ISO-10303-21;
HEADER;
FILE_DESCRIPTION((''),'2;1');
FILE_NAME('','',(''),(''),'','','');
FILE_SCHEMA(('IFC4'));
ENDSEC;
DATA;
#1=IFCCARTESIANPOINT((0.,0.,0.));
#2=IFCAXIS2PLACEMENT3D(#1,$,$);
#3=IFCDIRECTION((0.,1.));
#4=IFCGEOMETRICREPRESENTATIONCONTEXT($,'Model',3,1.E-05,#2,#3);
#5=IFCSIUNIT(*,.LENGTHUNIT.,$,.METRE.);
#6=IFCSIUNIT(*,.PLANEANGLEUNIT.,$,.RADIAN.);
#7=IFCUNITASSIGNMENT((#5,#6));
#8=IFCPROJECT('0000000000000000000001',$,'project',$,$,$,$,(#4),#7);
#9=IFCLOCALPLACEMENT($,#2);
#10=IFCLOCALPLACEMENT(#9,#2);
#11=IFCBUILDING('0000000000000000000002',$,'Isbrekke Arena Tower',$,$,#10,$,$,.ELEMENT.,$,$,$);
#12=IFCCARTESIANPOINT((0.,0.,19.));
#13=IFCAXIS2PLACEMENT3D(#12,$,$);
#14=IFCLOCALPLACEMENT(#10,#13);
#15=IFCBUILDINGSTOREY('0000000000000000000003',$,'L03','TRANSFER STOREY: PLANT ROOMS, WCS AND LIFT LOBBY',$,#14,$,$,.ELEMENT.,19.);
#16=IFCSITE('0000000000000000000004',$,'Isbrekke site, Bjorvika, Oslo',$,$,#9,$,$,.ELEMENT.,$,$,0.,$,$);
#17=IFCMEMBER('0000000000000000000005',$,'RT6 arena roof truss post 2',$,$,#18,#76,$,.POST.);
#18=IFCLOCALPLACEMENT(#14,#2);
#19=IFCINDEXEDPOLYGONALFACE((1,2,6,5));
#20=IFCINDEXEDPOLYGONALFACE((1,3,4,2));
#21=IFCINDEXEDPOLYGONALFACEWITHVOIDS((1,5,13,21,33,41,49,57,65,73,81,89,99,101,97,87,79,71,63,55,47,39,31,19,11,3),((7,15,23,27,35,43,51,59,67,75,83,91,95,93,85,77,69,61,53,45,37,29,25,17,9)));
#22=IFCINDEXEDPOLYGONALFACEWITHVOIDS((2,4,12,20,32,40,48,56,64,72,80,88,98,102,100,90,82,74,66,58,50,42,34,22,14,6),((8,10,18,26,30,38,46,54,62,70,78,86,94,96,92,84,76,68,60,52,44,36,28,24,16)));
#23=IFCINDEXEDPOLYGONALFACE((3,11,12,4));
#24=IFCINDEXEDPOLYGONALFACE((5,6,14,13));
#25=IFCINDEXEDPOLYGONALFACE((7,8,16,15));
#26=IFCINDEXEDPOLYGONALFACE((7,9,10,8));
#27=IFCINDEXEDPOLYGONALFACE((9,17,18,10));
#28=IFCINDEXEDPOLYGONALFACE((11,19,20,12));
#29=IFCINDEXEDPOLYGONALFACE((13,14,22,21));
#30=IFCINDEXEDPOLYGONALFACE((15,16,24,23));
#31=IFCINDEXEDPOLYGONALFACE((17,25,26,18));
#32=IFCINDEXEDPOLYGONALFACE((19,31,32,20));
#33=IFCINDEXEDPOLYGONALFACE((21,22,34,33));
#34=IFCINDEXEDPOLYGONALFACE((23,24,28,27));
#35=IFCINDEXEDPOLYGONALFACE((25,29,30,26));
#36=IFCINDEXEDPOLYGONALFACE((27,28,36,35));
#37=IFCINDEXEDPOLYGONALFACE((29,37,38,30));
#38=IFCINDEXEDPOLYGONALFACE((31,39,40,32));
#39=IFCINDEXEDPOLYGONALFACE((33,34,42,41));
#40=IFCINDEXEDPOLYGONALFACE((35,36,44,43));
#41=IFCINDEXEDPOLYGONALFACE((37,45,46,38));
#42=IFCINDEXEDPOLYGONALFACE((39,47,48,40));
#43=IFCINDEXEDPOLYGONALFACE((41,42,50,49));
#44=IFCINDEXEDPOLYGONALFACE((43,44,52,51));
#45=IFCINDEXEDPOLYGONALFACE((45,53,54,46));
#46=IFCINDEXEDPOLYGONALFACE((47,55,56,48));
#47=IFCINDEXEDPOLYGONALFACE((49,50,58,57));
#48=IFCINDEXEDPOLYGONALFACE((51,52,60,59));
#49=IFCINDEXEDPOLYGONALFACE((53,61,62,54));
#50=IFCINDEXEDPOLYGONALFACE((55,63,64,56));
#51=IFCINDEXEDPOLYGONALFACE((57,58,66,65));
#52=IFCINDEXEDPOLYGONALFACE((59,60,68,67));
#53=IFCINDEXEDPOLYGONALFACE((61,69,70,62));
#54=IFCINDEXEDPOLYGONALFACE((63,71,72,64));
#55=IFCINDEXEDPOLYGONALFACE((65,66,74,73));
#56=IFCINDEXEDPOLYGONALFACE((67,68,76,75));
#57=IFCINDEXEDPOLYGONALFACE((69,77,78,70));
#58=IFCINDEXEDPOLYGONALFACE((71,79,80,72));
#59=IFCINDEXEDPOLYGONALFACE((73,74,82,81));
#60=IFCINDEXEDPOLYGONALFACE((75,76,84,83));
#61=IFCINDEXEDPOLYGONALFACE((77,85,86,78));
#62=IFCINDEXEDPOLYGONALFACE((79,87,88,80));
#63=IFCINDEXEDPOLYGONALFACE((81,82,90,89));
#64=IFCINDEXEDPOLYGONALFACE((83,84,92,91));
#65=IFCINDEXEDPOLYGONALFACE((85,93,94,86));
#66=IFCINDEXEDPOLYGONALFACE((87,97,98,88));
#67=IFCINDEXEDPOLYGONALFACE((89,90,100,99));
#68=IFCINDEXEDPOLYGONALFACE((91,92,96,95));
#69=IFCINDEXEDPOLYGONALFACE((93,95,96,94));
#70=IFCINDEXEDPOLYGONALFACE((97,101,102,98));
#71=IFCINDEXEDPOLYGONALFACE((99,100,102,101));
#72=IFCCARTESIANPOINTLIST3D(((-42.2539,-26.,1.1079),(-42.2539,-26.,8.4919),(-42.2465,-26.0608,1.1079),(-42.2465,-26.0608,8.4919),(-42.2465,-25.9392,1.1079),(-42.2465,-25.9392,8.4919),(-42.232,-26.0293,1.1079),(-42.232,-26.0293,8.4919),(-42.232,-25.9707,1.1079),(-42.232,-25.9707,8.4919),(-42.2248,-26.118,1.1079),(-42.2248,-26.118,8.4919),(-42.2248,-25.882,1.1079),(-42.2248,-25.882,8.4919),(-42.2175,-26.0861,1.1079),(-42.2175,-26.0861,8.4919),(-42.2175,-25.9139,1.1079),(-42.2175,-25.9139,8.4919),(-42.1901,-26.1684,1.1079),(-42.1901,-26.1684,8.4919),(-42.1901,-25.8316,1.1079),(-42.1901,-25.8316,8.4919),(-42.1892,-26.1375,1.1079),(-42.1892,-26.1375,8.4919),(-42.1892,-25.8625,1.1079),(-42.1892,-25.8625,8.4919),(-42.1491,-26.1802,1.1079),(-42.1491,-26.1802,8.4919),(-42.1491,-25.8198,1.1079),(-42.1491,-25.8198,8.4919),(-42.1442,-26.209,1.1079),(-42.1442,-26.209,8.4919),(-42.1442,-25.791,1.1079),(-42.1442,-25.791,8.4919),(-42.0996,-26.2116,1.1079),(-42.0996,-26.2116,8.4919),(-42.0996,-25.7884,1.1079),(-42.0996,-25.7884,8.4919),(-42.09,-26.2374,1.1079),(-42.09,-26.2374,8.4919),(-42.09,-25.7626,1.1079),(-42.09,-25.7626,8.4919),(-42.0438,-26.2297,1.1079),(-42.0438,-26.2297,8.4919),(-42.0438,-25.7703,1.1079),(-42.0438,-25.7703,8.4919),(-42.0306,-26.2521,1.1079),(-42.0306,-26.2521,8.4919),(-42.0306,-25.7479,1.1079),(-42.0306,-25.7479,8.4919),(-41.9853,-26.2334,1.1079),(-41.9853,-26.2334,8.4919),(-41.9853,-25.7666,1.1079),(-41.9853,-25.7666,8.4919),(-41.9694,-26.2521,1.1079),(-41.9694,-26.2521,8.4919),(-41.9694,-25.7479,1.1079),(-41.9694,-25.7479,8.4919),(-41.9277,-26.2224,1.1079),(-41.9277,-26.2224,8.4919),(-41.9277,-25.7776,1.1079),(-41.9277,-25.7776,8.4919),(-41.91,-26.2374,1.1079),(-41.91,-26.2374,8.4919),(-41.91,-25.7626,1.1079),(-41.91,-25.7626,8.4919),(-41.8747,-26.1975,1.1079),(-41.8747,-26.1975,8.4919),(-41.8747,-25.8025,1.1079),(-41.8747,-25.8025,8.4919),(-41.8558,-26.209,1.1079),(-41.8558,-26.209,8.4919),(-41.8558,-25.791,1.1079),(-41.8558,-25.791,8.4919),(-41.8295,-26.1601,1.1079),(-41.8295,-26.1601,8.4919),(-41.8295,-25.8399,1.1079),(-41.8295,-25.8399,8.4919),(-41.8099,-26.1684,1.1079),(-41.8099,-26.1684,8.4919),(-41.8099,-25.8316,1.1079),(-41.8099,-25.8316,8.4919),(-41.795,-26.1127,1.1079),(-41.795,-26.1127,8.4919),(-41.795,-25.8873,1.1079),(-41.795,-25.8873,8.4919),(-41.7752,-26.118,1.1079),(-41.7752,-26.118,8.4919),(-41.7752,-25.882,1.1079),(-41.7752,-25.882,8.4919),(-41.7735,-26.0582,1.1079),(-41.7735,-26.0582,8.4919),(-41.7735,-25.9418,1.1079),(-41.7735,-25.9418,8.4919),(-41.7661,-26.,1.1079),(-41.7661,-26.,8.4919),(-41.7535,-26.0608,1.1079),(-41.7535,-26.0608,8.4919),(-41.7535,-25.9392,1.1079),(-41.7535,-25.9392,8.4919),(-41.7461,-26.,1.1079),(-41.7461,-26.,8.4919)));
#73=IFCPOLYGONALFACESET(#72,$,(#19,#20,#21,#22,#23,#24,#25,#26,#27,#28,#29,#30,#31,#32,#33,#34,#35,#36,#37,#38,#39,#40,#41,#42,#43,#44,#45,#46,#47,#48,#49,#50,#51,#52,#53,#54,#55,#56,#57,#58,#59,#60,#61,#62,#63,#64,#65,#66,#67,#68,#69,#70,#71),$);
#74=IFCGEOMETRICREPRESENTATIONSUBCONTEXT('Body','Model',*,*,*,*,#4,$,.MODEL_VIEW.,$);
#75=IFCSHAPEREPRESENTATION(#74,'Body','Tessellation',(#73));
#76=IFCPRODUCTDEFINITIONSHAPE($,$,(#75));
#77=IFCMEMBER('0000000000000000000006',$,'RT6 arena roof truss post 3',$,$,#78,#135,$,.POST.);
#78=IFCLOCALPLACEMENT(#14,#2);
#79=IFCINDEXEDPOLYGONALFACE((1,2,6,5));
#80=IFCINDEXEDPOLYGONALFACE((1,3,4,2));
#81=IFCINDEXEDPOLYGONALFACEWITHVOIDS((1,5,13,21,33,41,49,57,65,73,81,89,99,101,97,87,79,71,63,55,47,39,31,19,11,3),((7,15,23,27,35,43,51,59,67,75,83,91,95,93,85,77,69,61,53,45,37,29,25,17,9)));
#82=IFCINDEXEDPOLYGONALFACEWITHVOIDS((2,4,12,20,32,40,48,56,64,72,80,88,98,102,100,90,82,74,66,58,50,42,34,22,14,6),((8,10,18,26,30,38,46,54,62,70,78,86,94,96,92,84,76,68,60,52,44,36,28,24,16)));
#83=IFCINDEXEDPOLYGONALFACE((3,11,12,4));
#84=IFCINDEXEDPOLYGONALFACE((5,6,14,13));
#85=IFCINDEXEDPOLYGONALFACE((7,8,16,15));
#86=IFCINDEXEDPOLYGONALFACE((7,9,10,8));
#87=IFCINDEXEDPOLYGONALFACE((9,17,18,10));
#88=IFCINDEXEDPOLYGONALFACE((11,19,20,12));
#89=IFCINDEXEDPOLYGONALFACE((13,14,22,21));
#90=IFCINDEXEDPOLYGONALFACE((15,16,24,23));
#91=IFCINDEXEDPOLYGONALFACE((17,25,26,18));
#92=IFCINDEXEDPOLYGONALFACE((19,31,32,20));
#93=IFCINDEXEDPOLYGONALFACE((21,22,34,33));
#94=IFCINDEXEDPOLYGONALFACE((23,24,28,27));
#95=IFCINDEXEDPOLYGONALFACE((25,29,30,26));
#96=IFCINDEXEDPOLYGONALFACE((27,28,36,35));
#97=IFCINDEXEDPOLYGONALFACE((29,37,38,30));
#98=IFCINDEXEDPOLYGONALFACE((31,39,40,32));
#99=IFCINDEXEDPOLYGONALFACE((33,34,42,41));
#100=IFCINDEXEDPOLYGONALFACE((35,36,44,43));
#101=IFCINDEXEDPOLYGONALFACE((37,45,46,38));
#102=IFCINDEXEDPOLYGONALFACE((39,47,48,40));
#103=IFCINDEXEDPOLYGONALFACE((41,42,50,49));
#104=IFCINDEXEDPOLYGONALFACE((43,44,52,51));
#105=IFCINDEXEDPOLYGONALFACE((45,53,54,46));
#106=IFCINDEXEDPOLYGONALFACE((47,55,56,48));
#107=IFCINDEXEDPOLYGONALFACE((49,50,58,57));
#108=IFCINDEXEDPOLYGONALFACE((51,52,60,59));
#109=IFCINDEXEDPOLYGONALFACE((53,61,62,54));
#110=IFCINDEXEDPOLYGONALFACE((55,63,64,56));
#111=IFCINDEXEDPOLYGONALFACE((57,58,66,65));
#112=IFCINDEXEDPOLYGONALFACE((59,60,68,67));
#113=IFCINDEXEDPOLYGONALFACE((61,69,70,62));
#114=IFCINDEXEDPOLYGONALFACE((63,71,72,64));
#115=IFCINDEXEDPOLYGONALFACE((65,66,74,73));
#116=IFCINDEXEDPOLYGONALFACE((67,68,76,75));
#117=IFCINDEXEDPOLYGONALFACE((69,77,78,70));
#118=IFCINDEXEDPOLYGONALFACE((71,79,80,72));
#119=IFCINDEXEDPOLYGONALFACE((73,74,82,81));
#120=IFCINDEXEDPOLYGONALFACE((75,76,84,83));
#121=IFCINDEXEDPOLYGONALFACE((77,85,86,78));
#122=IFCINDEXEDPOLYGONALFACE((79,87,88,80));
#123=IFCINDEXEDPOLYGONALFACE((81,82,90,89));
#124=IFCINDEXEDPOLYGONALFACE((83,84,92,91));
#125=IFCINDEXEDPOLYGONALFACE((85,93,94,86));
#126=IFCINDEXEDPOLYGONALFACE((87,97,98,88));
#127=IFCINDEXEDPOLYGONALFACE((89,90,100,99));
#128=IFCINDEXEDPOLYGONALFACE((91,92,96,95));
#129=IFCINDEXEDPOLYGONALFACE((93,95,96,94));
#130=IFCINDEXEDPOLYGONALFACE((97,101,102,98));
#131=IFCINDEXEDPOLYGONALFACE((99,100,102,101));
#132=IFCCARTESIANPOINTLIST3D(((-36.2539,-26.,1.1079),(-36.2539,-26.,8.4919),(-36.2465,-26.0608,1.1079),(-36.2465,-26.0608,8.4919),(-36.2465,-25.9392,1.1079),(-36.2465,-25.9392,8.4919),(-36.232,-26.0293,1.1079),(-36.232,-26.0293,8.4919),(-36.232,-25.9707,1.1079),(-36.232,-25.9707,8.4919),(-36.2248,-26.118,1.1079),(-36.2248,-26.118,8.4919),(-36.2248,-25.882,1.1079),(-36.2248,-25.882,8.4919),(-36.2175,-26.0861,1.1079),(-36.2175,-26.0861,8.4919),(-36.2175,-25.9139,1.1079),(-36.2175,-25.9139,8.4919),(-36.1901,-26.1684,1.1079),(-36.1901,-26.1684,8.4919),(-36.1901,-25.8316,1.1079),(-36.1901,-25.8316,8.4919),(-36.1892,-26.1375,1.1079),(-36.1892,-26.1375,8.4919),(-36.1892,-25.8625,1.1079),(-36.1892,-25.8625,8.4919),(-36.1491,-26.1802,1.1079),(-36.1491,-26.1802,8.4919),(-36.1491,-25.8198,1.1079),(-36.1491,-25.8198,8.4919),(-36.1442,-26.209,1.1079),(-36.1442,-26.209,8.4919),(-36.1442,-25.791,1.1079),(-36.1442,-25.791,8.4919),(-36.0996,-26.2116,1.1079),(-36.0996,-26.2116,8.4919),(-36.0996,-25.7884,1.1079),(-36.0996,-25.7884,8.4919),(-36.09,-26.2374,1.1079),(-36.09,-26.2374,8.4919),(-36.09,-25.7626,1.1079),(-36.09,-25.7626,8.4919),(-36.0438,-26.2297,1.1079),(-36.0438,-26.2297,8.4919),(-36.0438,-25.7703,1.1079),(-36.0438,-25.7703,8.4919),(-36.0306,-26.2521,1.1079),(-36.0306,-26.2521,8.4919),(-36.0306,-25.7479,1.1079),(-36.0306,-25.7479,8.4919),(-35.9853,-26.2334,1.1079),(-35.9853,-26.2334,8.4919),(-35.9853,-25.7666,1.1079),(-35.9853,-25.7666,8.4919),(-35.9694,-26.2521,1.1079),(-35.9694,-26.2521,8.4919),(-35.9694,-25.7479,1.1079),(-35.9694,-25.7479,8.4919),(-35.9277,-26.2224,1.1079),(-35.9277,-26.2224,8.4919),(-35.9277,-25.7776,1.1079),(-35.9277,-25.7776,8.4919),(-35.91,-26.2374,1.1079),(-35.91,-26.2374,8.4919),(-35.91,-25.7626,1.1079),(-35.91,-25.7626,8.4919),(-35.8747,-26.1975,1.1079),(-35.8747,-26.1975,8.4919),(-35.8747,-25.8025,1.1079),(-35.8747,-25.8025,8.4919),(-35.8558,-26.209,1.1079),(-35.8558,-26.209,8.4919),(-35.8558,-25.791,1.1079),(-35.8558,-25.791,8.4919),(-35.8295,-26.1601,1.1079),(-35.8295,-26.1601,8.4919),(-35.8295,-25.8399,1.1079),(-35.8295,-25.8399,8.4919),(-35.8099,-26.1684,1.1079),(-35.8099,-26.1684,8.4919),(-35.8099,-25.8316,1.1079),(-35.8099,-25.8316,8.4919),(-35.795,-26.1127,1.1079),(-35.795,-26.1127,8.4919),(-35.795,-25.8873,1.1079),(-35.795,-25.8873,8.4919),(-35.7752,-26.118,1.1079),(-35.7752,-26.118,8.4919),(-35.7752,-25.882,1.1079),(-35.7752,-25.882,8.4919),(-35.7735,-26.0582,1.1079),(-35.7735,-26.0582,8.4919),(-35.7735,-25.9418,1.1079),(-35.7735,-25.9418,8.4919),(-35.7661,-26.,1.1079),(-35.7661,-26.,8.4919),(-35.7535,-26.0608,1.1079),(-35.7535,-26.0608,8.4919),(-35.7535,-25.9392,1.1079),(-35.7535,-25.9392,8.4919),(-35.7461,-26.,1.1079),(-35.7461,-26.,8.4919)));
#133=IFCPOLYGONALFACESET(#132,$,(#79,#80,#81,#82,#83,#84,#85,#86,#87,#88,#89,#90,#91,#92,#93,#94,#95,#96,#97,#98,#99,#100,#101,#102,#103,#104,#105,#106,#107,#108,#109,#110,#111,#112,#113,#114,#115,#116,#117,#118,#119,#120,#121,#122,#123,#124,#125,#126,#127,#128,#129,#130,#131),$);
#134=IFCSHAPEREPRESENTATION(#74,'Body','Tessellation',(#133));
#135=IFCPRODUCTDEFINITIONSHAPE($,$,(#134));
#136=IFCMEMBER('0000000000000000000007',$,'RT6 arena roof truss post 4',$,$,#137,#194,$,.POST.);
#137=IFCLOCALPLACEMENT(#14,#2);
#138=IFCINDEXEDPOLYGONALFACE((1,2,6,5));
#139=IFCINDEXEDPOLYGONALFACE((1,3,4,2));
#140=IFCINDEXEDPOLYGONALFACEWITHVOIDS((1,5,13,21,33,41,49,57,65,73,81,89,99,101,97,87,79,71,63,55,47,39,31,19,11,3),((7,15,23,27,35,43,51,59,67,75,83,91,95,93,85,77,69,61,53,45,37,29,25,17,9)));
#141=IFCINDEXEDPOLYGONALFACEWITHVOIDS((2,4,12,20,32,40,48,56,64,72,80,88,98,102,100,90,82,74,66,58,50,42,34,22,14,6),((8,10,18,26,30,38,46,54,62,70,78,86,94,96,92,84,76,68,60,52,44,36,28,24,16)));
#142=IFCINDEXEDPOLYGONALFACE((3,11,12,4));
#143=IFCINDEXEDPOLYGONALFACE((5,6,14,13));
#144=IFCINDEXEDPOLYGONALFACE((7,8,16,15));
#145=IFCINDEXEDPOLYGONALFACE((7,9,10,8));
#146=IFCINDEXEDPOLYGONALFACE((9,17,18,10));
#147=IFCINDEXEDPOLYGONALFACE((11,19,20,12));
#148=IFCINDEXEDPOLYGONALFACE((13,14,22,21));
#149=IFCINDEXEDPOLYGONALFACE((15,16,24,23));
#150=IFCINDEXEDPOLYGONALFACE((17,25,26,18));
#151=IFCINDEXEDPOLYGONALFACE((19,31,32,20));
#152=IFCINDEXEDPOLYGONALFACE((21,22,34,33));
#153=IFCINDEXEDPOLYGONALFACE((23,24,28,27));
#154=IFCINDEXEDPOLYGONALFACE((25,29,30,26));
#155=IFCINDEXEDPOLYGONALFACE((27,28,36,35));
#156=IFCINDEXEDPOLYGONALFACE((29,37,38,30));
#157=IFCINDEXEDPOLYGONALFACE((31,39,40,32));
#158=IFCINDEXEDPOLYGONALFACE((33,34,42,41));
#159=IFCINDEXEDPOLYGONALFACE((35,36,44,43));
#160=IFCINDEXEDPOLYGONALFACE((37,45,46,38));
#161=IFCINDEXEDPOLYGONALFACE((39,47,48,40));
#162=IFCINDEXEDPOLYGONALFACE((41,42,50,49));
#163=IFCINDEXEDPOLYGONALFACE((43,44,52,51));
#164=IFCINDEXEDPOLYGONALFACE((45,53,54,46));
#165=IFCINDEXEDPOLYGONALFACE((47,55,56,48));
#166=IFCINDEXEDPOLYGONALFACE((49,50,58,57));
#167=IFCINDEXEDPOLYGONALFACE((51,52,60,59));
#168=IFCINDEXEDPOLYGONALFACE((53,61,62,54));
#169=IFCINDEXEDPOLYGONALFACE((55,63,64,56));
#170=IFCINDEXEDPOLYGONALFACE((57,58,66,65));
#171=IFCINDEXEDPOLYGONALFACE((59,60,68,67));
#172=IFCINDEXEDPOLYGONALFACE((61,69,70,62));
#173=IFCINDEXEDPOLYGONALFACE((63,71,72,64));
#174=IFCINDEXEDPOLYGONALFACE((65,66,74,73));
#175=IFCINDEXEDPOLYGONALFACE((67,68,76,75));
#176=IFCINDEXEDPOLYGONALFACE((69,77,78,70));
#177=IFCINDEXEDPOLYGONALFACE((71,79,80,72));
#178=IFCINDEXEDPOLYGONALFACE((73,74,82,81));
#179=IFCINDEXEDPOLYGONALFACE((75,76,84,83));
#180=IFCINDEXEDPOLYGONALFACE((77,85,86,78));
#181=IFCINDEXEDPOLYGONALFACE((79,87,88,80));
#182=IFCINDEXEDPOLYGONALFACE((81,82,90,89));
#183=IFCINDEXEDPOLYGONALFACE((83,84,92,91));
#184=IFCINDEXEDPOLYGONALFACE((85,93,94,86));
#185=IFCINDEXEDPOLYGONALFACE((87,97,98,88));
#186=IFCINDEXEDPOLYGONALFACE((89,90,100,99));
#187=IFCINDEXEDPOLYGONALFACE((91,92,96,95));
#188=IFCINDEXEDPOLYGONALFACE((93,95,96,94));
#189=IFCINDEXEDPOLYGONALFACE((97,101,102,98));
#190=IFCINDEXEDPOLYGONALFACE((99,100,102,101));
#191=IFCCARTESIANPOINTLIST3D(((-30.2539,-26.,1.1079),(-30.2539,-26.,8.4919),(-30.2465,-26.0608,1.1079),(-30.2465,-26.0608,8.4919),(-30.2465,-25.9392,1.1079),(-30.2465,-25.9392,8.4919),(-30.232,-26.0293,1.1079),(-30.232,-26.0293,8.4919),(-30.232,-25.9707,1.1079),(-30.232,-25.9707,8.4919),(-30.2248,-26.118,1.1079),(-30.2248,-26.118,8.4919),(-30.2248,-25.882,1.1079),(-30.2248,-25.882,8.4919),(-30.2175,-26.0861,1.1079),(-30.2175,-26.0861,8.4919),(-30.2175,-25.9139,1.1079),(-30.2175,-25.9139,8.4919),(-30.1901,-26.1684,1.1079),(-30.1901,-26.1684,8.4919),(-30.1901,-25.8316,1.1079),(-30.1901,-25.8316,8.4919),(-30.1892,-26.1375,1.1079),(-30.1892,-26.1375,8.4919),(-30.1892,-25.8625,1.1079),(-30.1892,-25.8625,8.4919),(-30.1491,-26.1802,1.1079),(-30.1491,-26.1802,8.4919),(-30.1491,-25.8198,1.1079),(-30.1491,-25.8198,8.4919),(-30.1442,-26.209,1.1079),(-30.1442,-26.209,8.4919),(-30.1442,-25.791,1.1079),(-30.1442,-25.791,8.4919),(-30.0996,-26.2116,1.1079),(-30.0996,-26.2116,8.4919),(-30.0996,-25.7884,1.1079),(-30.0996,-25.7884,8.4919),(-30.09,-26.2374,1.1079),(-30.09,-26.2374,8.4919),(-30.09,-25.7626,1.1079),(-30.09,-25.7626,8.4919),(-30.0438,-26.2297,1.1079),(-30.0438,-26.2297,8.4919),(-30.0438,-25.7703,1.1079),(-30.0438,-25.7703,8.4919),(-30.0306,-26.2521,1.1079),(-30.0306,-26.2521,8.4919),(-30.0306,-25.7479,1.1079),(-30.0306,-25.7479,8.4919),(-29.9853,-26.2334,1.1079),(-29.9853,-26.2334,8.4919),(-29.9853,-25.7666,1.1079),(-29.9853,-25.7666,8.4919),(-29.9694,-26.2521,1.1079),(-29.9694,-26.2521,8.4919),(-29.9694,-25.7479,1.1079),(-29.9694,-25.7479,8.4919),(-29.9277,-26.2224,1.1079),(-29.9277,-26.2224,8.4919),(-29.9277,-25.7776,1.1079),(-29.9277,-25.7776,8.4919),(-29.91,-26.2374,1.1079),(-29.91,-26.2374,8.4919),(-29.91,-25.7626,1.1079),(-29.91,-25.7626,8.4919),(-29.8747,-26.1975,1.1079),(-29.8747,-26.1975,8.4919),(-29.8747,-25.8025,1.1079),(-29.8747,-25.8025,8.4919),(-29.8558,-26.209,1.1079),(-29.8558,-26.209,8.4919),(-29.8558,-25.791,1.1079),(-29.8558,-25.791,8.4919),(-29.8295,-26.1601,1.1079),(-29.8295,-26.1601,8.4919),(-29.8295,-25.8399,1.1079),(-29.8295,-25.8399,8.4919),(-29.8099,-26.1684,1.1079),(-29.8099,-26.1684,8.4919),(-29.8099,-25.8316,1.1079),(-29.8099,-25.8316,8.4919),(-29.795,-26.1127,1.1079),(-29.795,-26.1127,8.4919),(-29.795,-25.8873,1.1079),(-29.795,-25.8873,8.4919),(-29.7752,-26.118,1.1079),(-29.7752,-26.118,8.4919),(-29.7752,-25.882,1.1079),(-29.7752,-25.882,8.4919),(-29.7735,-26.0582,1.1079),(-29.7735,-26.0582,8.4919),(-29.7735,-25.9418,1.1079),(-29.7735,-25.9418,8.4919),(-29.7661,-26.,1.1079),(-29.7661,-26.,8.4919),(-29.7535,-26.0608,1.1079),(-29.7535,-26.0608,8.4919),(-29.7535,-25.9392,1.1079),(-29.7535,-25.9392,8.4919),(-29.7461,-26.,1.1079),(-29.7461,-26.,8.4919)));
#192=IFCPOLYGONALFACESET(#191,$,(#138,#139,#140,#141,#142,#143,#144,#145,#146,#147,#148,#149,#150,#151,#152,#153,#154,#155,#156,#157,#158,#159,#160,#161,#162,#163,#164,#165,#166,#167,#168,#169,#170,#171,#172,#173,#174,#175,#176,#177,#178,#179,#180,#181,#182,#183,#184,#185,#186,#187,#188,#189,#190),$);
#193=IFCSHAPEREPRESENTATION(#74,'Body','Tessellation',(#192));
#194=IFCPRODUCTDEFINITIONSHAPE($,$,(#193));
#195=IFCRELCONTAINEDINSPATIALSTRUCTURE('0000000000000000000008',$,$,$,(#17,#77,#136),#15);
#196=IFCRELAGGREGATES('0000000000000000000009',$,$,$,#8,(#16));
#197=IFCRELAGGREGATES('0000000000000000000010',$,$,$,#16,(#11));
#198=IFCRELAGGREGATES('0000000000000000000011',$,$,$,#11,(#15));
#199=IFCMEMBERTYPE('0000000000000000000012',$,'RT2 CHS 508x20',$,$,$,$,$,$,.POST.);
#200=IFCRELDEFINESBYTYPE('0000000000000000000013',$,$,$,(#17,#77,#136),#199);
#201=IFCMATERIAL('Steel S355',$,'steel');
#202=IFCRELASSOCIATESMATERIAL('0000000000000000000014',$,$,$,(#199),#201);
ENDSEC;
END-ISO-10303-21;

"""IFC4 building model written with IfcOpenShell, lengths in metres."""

from ifc_helpers import new_model, si_unit, direction, frame, origin, origin_2d, place, context, subcontext, project, spatial, hollow_circle, extrude, material, material_profile, profile_set, type_object, element, save


model = new_model("IFC4")

# Units and contexts
model_context = context("Model", 3, precision=1e-05, world=origin(), true_north=direction((0.0, 1.0)))
body_context = subcontext(model_context, "Body", "Model", "MODEL_VIEW")
ifc_project = project(units=[si_unit("LENGTHUNIT", "METRE"), si_unit("PLANEANGLEUNIT", "RADIAN")], contexts=[model_context])

# Site, building, storey
site_placement = place(None, origin())
site = spatial("IfcSite", under=ifc_project, at=site_placement, Name="Isbrekke site, Bjorvika, Oslo", CompositionType="ELEMENT", RefElevation=0.0)
building_placement = place(site_placement, origin())
building = spatial("IfcBuilding", under=site, at=building_placement, Name="Isbrekke Arena Tower", CompositionType="ELEMENT")
storey_placement = place(building_placement, frame((0.0, 0.0, 19.0)))
storey = spatial("IfcBuildingStorey", under=building, at=storey_placement, Name="L03", Description="TRANSFER STOREY: PLANT ROOMS, WCS AND LIFT LOBBY", CompositionType="ELEMENT", Elevation=19.0)

# Members
ifc_material_1 = material(Name="Steel S355", Category="steel")
ifc_material_profile_1 = material_profile(ifc_material_1, hollow_circle(Radius=0.2539, WallThickness=0.02, at=origin_2d()), Name="CHS 508x20")
ifc_profile_set_1 = profile_set([ifc_material_profile_1], Name="Steel S355")
member_type_1 = type_object("IfcMemberType", Name="RT2 CHS 508x20", PredefinedType="POST", material=ifc_profile_set_1)
for number, where, z_axis, x_axis, name in (
    (1, (-42.0, -26.0, 1.1079), (0.0, 0.0, 1.0), (1.0, 0.0, 0.0), "RT6 arena roof truss post 2"),
    (2, (-36.0, -26.0, 1.1079), (0.0, 0.0, 1.0), (1.0, 0.0, 0.0), "RT6 arena roof truss post 3"),
    (3, (-30.0, -26.0, 1.1079), (0.0, 0.0, 1.0), (1.0, 0.0, 0.0), "RT6 arena roof truss post 4"),
):
    element("IfcMember", number, at=place(storey_placement, frame(where, z_axis=z_axis, x_axis=x_axis)), inside=storey, type_object=member_type_1, Name=name, PredefinedType="POST", context=body_context, shape_type="SweptSolid", body=[
        extrude(hollow_circle(Radius=0.2539, WallThickness=0.02, at=origin_2d()), origin(), (0.0, 0.0, 1.0), 7.384),
    ])

save(model, "model.ifc")
